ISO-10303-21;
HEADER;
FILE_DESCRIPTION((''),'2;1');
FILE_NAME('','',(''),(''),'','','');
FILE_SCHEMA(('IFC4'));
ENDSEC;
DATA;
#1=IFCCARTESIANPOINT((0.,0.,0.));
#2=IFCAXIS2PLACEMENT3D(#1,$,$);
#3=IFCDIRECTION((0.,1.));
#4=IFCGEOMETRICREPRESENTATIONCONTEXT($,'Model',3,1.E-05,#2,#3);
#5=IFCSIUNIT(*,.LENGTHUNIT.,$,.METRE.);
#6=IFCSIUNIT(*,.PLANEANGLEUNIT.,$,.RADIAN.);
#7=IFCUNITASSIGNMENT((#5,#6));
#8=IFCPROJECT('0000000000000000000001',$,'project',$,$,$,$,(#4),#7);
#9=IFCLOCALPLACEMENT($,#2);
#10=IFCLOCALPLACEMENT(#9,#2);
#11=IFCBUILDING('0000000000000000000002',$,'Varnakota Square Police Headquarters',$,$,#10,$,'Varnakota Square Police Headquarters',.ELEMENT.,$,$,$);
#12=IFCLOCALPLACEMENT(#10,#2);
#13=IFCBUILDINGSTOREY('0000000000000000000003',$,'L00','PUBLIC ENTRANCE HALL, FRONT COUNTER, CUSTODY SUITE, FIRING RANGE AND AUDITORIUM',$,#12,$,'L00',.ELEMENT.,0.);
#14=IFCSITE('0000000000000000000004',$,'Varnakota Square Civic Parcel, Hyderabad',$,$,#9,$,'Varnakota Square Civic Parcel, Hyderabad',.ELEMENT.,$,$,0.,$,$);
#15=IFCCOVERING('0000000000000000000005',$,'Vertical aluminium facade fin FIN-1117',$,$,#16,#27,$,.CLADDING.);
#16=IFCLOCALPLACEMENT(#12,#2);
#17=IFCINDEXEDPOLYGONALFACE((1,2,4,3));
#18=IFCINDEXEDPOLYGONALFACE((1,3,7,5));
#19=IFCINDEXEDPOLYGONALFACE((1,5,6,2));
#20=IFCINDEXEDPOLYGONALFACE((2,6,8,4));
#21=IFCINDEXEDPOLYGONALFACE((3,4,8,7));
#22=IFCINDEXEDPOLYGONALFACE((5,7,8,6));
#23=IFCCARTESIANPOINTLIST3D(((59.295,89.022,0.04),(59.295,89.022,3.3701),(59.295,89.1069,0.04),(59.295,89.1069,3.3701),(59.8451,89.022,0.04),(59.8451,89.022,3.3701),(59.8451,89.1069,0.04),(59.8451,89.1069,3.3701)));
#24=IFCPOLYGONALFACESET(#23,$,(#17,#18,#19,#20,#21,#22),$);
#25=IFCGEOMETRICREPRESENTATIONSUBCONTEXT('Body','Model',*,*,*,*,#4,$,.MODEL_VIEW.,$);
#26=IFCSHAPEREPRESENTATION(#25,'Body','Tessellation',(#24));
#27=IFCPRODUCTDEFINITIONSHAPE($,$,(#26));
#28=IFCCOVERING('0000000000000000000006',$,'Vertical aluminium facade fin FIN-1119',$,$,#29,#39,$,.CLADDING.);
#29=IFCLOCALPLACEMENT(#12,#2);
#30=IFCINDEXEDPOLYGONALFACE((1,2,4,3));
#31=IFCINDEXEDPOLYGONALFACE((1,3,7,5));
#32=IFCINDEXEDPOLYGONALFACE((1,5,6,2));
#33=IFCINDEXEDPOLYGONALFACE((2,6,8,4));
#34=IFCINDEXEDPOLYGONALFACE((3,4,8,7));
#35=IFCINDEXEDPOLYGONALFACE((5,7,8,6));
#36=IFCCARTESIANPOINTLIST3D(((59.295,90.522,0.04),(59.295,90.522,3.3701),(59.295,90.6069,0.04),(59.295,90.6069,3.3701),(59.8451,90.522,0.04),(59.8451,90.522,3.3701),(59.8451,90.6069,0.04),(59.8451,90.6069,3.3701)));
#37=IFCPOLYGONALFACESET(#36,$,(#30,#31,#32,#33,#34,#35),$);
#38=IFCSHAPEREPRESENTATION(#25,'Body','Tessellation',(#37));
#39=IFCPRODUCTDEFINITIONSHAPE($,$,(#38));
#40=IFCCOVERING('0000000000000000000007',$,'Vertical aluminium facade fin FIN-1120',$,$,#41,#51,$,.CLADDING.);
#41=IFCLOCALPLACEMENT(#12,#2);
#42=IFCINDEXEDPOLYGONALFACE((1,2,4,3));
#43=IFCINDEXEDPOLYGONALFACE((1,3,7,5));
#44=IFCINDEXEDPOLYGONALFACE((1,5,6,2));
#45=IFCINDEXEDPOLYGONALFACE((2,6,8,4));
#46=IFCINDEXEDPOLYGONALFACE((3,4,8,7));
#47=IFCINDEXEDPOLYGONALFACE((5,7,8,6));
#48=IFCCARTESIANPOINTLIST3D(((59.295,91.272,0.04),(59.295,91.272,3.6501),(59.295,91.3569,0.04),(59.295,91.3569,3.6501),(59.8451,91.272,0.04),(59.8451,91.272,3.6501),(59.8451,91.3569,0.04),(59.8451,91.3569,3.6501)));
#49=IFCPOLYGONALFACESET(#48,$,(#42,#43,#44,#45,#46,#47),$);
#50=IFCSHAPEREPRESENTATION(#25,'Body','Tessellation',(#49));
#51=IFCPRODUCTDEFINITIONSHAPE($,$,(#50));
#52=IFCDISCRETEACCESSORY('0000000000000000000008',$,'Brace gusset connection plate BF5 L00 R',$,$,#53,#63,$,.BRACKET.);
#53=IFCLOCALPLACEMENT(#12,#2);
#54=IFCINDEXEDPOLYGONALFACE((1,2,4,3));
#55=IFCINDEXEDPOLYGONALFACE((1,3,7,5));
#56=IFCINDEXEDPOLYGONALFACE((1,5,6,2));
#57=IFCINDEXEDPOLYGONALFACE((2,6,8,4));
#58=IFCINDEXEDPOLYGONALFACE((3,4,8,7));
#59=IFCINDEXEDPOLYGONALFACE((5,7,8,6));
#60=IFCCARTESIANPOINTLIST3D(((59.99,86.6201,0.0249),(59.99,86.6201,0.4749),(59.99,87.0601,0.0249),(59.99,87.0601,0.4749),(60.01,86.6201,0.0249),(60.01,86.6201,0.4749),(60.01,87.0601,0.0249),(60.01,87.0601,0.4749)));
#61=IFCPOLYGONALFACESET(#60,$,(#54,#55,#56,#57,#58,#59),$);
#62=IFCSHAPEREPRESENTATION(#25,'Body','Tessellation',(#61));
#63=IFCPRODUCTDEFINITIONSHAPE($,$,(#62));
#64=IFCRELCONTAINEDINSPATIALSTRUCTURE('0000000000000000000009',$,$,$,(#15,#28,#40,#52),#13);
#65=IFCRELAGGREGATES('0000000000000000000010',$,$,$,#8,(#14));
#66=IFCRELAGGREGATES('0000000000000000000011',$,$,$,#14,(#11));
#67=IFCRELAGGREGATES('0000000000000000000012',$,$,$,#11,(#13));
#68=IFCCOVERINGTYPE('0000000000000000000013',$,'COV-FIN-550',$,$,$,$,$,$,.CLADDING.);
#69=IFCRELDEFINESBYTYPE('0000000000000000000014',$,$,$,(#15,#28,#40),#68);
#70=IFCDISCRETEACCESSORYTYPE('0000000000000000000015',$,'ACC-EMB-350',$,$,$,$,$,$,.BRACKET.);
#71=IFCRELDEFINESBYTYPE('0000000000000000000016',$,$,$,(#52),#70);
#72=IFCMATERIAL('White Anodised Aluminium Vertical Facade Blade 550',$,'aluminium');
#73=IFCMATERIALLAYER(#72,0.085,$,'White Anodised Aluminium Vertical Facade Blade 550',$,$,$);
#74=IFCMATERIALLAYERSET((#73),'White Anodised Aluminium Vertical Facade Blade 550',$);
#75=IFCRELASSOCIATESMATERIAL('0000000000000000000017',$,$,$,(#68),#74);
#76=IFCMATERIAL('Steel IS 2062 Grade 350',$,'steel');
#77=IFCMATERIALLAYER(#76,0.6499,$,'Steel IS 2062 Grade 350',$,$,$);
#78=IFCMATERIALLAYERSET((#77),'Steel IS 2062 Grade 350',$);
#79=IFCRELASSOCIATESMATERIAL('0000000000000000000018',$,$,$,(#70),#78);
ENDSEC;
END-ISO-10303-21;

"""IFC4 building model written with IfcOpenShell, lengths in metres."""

from ifc_helpers import new_model, si_unit, direction, frame, origin, origin_2d, place, context, subcontext, project, spatial, rectangle, extrude, material, layer, layer_set, type_object, element, save


model = new_model("IFC4")

# Units and contexts
model_context = context("Model", 3, precision=1e-05, world=origin(), true_north=direction((0.0, 1.0)))
body_context = subcontext(model_context, "Body", "Model", "MODEL_VIEW")
ifc_project = project(units=[si_unit("LENGTHUNIT", "METRE"), si_unit("PLANEANGLEUNIT", "RADIAN")], contexts=[model_context])

# Site, building, storey
site_placement = place(None, origin())
site = spatial("IfcSite", under=ifc_project, at=site_placement, Name="Varnakota Square Civic Parcel, Hyderabad", LongName="Varnakota Square Civic Parcel, Hyderabad", CompositionType="ELEMENT", RefElevation=0.0)
building_placement = place(site_placement, origin())
building = spatial("IfcBuilding", under=site, at=building_placement, Name="Varnakota Square Police Headquarters", LongName="Varnakota Square Police Headquarters", CompositionType="ELEMENT")
storey_placement = place(building_placement, origin())
storey = spatial("IfcBuildingStorey", under=building, at=storey_placement, Name="L00", Description="PUBLIC ENTRANCE HALL, FRONT COUNTER, CUSTODY SUITE, FIRING RANGE AND AUDITORIUM", LongName="L00", CompositionType="ELEMENT", Elevation=0.0)

# Shared definitions
ifc_material_1 = material(Name="Steel IS 2062 Grade 350", Category="steel")

# Coverings
ifc_material_2 = material(Name="White Anodised Aluminium Vertical Facade Blade 550", Category="aluminium")
ifc_layer_1 = layer(ifc_material_2, 0.085, Name="White Anodised Aluminium Vertical Facade Blade 550")
ifc_layer_set_1 = layer_set([ifc_layer_1], Name="White Anodised Aluminium Vertical Facade Blade 550")
covering_type_1 = type_object("IfcCoveringType", Name="COV-FIN-550", PredefinedType="CLADDING", material=ifc_layer_set_1)
for number, where, z_axis, x_axis, name in (
    (1, (59.5701, 89.0645, 0.04), (0.0, 0.0, 1.0), (0.0, 1.0, 0.0), "Vertical aluminium facade fin FIN-1117"),
    (2, (59.5701, 90.5645, 0.04), (0.0, 0.0, 1.0), (0.0, 1.0, 0.0), "Vertical aluminium facade fin FIN-1119"),
):
    element("IfcCovering", number, at=place(storey_placement, frame(where, z_axis=z_axis, x_axis=x_axis)), inside=storey, type_object=covering_type_1, Name=name, PredefinedType="CLADDING", context=body_context, shape_type="SweptSolid", body=[
        extrude(rectangle(XDim=0.085, YDim=0.55, at=origin_2d()), origin(), (0.0, 0.0, 1.0), 3.3301),
    ])
covering_1_placement = place(storey_placement, frame((59.5701, 91.3145, 0.04), z_axis=(0.0, 0.0, 1.0), x_axis=(0.0, 1.0, 0.0)))
element("IfcCovering", 3, at=covering_1_placement, inside=storey, type_object=covering_type_1, Name="Vertical aluminium facade fin FIN-1120", PredefinedType="CLADDING", context=body_context, shape_type="SweptSolid", body=[
    extrude(rectangle(XDim=0.085, YDim=0.55, at=origin_2d()), origin(), (0.0, 0.0, 1.0), 3.6101),
])

# Discrete accessory
ifc_layer_2 = layer(ifc_material_1, 0.6499, Name="Steel IS 2062 Grade 350")
ifc_layer_set_2 = layer_set([ifc_layer_2], Name="Steel IS 2062 Grade 350")
discrete_accessory_type = type_object("IfcDiscreteAccessoryType", Name="ACC-EMB-350", PredefinedType="BRACKET", material=ifc_layer_set_2)
discrete_accessory_placement = place(storey_placement, frame((60.0, 86.8401, 0.0249), z_axis=(0.0, 0.0, 1.0), x_axis=(0.0, 1.0, 0.0)))
element("IfcDiscreteAccessory", 4, at=discrete_accessory_placement, inside=storey, type_object=discrete_accessory_type, Name="Brace gusset connection plate BF5 L00 R", PredefinedType="BRACKET", context=body_context, shape_type="SweptSolid", body=[
    extrude(rectangle(XDim=0.4399, YDim=0.02, at=origin_2d()), origin(), (0.0, 0.0, 1.0), 0.45),
])

save(model, "model.ifc")
